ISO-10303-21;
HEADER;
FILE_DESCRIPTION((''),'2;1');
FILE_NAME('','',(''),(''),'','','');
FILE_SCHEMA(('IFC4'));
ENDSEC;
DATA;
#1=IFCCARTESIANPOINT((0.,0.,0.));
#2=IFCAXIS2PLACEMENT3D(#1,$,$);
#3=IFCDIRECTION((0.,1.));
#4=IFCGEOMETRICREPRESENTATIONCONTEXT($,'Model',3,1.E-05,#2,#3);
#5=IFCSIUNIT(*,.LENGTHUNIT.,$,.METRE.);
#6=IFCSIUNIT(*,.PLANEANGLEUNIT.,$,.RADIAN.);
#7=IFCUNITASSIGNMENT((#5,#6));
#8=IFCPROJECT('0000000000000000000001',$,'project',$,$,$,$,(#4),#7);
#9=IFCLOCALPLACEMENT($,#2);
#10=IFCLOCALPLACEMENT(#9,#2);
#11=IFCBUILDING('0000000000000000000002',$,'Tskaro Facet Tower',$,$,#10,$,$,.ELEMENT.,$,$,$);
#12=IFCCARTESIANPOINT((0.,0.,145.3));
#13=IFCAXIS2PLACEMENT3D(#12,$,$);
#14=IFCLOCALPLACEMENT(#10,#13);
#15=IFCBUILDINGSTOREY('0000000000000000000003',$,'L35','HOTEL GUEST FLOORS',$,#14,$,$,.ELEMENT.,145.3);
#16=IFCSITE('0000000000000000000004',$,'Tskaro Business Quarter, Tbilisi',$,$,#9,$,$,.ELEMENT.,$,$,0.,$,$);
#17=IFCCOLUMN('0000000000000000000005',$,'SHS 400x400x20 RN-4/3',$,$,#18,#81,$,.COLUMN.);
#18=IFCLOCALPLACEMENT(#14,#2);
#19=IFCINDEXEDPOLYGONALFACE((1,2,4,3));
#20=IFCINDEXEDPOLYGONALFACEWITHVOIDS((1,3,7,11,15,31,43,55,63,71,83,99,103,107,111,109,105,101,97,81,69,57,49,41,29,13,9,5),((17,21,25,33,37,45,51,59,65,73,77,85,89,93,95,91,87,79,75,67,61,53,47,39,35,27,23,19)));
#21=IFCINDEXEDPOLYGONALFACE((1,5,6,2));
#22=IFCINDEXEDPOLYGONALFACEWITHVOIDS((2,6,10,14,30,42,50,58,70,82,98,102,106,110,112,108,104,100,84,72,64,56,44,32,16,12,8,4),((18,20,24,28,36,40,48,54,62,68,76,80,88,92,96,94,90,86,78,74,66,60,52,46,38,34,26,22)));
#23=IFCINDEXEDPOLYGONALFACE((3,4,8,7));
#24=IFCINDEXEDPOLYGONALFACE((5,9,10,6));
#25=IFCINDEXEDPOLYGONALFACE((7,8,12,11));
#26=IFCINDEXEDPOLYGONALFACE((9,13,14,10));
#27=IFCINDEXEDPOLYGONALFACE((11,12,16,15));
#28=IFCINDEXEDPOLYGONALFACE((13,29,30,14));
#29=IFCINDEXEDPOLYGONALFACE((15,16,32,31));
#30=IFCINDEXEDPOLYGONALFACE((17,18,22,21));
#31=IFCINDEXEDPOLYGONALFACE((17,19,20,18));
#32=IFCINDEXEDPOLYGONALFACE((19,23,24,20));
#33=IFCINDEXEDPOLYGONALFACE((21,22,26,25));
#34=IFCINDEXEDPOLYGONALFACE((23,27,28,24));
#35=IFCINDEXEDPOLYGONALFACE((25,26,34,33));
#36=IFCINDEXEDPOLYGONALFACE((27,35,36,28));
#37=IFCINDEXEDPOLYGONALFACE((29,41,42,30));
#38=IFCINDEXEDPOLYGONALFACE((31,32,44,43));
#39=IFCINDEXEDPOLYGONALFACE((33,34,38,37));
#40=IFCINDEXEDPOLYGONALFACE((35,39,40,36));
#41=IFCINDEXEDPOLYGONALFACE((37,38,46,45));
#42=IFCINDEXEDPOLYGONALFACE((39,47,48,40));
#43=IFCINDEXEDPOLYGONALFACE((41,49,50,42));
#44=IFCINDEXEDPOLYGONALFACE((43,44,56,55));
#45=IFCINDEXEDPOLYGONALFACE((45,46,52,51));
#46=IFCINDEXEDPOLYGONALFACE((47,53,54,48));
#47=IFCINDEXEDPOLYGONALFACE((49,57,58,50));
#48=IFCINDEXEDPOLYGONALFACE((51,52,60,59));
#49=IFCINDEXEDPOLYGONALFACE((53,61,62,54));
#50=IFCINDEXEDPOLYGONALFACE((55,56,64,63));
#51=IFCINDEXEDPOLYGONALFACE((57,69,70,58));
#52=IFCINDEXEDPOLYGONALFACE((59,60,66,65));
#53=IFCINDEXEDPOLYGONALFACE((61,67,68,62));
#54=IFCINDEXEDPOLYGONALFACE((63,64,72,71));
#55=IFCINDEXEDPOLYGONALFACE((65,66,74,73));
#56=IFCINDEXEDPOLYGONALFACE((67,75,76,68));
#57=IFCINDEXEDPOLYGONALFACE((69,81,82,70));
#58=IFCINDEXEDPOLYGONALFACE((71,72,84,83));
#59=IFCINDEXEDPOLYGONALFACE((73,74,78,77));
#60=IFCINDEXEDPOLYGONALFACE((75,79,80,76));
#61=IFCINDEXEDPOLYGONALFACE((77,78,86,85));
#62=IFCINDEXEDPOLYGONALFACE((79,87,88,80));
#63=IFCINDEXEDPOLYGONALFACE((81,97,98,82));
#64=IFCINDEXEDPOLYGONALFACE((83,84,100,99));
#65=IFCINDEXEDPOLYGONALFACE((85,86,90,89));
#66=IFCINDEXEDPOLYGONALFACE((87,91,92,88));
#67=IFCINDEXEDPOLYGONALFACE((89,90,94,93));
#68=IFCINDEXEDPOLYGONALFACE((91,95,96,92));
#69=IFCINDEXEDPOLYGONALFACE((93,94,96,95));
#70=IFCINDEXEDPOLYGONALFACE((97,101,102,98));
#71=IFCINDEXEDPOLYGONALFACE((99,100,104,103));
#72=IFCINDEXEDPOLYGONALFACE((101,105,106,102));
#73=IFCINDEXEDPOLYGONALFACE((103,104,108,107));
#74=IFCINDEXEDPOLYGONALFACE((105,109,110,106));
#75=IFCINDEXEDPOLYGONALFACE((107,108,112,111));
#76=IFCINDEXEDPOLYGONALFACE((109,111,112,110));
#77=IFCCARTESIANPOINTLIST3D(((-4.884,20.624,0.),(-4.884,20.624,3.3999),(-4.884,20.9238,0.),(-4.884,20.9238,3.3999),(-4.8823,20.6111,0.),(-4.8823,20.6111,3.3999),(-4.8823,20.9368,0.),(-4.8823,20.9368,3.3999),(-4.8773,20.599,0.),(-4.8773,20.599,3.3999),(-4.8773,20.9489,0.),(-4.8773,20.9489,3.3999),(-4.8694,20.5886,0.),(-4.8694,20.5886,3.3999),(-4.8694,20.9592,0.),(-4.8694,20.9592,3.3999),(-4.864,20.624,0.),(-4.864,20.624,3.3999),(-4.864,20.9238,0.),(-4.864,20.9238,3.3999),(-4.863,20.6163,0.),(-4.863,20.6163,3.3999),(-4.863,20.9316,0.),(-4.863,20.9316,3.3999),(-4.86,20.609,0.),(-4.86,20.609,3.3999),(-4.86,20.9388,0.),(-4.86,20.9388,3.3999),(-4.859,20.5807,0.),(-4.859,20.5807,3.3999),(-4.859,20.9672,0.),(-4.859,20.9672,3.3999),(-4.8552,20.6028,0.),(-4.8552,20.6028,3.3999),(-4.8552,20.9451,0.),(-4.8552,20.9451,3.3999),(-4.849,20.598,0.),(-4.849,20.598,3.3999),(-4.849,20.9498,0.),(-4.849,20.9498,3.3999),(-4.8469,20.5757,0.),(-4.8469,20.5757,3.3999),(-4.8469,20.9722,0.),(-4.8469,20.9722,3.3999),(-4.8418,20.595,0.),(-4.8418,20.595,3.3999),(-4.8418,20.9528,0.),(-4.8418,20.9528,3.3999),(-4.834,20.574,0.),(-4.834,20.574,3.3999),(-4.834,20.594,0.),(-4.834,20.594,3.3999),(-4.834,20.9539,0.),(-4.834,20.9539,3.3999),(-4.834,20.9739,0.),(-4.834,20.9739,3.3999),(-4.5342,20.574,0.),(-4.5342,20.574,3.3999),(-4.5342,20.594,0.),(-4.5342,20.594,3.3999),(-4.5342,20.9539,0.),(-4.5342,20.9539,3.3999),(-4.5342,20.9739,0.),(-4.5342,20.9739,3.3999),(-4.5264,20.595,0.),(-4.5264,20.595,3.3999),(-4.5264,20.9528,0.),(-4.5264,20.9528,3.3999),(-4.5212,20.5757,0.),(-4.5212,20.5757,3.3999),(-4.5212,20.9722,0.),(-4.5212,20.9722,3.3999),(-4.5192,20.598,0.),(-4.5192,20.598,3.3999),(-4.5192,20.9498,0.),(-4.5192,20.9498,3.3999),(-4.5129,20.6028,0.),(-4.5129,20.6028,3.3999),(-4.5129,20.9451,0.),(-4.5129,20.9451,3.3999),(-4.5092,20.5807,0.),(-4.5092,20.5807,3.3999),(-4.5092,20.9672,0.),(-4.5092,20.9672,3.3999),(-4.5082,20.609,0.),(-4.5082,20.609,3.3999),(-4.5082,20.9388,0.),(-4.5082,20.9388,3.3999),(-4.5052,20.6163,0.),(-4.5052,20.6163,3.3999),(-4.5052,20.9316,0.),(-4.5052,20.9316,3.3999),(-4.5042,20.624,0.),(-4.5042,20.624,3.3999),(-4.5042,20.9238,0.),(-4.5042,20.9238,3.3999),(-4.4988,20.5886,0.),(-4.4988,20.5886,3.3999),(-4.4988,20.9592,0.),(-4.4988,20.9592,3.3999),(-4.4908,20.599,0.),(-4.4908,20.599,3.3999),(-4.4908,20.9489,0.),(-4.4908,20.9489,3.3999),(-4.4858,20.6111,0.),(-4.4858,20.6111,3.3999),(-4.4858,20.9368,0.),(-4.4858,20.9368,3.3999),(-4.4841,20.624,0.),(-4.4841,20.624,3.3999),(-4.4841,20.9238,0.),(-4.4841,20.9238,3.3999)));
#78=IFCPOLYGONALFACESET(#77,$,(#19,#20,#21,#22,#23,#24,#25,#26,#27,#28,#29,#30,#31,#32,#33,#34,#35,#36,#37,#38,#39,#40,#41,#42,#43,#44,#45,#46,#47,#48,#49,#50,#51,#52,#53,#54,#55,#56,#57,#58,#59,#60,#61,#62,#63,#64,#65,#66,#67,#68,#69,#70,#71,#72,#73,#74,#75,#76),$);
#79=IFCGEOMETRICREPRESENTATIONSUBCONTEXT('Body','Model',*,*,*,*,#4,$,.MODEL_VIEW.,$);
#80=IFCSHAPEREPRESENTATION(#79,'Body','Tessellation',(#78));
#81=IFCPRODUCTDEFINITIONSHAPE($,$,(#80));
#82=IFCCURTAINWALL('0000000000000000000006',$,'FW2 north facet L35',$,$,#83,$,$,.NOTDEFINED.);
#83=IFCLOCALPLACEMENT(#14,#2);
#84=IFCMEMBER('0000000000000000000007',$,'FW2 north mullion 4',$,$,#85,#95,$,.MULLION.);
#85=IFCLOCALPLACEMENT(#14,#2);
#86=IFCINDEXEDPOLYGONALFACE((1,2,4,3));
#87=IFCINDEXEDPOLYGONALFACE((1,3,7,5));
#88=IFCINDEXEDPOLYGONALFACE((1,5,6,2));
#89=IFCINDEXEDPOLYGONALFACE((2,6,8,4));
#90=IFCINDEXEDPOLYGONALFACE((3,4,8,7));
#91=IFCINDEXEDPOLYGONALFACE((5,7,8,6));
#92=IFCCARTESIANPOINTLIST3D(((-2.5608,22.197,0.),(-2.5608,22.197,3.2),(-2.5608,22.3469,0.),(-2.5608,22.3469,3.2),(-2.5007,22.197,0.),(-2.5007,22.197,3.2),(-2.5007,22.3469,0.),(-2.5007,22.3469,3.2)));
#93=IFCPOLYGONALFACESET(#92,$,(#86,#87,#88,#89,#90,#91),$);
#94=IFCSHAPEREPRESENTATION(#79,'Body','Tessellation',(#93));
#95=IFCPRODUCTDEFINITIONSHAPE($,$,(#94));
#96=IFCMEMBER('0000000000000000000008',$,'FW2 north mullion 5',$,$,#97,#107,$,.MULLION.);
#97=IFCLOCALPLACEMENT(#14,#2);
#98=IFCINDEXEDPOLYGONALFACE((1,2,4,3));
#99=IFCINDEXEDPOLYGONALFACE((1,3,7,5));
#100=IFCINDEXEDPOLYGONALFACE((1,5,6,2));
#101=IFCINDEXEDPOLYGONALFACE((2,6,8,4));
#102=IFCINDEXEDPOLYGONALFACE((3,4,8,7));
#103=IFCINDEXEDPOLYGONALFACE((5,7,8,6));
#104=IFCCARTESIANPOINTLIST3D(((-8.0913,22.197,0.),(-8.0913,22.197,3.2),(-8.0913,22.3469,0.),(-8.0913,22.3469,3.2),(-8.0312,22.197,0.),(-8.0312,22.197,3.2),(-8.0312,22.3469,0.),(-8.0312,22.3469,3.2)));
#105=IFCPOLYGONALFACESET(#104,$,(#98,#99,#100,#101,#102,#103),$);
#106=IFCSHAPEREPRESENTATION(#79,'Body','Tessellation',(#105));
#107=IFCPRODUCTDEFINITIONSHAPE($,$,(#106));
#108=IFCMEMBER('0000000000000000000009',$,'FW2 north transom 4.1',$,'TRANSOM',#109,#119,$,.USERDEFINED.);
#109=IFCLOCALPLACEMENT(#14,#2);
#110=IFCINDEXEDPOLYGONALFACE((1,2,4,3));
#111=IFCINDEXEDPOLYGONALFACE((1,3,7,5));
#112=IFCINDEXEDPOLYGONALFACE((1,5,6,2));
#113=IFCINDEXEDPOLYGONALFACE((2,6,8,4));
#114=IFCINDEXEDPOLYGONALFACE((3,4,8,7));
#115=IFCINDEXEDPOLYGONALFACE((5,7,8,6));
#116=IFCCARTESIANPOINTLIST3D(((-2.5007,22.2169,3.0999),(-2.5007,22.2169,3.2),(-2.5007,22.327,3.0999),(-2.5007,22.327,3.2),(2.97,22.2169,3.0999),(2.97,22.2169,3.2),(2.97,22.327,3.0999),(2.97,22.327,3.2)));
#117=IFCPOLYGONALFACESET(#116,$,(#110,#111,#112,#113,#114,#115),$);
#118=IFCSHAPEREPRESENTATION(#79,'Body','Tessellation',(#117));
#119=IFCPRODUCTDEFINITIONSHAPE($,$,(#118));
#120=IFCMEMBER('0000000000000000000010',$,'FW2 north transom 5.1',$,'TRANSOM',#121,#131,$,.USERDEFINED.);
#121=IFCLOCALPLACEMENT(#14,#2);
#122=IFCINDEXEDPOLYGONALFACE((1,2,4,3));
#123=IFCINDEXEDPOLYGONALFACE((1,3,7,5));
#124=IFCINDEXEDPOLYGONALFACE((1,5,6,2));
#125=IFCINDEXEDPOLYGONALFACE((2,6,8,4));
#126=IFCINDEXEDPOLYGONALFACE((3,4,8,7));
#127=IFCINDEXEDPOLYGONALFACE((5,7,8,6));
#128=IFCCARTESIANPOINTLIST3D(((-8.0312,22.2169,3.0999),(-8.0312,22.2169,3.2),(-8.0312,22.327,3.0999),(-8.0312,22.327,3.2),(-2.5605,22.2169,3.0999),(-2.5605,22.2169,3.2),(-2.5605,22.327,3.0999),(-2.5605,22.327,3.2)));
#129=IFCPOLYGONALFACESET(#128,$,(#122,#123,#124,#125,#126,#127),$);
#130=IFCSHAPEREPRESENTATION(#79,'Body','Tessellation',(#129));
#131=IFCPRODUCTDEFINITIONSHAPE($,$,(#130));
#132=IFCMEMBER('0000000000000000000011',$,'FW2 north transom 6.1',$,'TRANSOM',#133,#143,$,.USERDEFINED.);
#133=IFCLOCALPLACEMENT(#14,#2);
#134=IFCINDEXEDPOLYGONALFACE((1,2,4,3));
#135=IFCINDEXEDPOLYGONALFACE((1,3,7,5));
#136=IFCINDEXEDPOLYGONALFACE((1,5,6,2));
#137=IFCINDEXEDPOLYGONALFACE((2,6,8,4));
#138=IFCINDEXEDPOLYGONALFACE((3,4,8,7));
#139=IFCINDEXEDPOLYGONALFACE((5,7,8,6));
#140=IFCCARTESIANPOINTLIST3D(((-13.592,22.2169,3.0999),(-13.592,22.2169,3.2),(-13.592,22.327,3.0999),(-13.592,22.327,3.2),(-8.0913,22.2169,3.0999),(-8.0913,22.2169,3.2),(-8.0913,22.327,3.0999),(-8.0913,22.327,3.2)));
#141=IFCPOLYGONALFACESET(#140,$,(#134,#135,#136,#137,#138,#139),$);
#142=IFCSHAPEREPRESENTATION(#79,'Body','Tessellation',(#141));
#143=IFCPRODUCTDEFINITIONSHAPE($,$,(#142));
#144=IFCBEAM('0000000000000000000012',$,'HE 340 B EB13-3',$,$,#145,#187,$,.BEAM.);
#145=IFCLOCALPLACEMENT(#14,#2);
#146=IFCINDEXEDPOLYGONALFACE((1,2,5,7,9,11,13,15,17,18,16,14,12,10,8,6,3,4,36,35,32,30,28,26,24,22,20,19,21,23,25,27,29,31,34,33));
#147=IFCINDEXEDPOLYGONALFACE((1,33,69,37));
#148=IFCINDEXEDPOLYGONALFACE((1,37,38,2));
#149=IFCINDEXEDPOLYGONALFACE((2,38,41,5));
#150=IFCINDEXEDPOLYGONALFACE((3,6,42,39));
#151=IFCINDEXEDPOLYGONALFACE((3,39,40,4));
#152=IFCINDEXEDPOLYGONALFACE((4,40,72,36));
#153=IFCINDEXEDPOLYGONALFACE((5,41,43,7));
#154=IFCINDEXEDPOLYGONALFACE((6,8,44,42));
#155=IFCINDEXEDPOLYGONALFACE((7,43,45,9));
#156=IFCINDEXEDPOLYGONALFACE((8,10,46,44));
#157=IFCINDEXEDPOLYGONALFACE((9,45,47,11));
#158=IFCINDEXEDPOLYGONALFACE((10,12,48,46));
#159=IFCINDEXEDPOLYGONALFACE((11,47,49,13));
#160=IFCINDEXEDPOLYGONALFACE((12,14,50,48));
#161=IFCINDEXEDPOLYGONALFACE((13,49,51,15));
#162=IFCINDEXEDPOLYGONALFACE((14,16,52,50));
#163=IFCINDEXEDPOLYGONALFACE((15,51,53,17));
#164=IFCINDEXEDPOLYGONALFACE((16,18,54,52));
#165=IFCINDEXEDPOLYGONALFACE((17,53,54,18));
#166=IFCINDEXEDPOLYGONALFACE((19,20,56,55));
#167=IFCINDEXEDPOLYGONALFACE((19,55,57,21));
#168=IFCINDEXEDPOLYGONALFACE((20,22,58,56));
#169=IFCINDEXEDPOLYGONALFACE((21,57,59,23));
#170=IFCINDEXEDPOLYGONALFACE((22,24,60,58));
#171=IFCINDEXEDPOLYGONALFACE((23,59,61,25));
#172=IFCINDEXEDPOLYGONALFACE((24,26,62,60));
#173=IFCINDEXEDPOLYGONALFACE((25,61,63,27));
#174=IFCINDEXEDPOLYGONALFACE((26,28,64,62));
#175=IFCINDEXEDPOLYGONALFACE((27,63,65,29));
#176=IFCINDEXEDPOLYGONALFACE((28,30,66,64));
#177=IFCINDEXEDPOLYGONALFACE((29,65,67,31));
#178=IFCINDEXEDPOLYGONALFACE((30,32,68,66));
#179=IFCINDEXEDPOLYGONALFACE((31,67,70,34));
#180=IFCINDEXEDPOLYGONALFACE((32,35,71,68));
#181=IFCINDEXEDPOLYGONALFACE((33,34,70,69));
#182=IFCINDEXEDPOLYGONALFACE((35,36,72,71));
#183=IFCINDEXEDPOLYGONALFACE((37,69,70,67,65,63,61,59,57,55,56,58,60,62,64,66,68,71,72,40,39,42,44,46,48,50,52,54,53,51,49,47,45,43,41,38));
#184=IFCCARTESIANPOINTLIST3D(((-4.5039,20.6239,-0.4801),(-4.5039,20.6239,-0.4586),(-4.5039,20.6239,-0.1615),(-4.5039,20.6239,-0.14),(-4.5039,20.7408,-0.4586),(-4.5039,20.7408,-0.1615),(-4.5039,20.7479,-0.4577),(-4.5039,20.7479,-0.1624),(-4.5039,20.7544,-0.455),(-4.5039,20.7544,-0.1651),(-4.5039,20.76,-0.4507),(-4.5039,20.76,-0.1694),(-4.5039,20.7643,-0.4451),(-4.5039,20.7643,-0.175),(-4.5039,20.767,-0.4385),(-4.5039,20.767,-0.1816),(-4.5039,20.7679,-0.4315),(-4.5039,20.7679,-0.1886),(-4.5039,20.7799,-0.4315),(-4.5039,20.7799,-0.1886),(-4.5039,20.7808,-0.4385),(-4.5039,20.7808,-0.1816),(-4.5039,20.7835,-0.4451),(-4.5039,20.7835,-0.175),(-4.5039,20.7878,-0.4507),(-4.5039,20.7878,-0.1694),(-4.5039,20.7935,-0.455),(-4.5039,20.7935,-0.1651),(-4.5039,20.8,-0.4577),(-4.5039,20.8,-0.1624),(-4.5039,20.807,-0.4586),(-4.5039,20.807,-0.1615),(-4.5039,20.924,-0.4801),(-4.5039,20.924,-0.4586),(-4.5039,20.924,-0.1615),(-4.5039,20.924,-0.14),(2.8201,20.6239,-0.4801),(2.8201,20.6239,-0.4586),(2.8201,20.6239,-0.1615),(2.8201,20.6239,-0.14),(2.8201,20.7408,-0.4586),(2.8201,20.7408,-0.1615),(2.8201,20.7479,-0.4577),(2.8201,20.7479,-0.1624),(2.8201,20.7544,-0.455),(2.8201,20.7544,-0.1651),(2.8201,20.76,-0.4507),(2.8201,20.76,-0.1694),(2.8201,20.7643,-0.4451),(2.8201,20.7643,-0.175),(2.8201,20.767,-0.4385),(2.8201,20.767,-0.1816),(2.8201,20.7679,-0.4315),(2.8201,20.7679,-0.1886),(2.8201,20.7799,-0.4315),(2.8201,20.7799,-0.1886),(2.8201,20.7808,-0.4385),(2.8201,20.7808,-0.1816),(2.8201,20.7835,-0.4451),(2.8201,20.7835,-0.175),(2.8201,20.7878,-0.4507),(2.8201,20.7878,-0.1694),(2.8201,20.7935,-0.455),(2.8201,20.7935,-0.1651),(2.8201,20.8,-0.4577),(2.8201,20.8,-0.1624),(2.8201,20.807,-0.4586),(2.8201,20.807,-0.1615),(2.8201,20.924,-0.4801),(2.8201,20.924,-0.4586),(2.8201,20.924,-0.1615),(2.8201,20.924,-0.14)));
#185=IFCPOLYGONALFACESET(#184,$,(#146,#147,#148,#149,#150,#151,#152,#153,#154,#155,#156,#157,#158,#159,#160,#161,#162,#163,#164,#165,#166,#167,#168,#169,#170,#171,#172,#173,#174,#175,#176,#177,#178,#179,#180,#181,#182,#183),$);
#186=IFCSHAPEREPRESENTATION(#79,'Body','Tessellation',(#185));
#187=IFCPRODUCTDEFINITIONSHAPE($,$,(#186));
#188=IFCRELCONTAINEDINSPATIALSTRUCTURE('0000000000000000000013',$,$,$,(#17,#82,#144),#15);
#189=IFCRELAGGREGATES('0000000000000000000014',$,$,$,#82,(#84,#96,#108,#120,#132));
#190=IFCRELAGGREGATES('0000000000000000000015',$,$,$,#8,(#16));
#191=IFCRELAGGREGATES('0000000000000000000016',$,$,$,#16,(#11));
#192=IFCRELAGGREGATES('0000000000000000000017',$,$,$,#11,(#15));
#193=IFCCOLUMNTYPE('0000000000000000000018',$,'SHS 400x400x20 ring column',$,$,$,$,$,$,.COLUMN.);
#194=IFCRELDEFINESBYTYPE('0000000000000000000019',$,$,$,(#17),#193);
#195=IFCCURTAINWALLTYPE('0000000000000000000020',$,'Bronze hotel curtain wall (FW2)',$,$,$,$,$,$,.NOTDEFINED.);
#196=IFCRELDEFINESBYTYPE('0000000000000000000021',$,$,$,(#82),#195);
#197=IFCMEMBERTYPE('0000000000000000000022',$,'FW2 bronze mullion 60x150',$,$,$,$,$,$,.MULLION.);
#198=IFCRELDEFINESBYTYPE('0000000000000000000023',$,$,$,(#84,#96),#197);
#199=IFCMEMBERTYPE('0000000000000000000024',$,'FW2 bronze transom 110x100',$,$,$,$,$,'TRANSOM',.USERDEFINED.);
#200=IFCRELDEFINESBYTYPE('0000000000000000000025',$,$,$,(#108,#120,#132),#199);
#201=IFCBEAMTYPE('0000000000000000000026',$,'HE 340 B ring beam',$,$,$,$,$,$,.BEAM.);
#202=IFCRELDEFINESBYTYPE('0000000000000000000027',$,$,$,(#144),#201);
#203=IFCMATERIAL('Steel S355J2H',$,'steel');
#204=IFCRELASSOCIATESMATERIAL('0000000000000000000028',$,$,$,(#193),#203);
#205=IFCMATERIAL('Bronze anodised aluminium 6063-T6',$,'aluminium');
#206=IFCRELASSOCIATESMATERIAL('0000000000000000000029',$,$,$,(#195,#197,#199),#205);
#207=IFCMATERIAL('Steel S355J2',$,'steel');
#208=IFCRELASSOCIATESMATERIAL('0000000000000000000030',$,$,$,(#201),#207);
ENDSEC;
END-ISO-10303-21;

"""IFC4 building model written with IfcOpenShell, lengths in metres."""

from ifc_helpers import new_model, si_unit, direction, frame, origin, origin_2d, place, context, subcontext, project, spatial, rectangle, hollow_rectangle, i_section, extrude, material, material_profile, profile_set, type_object, element, aggregate, save


model = new_model("IFC4")

# Units and contexts
model_context = context("Model", 3, precision=1e-05, world=origin(), true_north=direction((0.0, 1.0)))
body_context = subcontext(model_context, "Body", "Model", "MODEL_VIEW")
ifc_project = project(units=[si_unit("LENGTHUNIT", "METRE"), si_unit("PLANEANGLEUNIT", "RADIAN")], contexts=[model_context])

# Site, building, storey
site_placement = place(None, origin())
site = spatial("IfcSite", under=ifc_project, at=site_placement, Name="Tskaro Business Quarter, Tbilisi", CompositionType="ELEMENT", RefElevation=0.0)
building_placement = place(site_placement, origin())
building = spatial("IfcBuilding", under=site, at=building_placement, Name="Tskaro Facet Tower", CompositionType="ELEMENT")
storey_placement = place(building_placement, frame((0.0, 0.0, 145.3)))
storey = spatial("IfcBuildingStorey", under=building, at=storey_placement, Name="L35", Description="HOTEL GUEST FLOORS", CompositionType="ELEMENT", Elevation=145.3)

# Column
ifc_material_1 = material(Name="Steel S355J2H", Category="steel")
ifc_material_profile_1 = material_profile(ifc_material_1, hollow_rectangle(XDim=0.3999, YDim=0.3999, WallThickness=0.02, InnerFilletRadius=0.03, OuterFilletRadius=0.05, at=origin_2d()), Name="SHS 400x400x20")
ifc_profile_set_1 = profile_set([ifc_material_profile_1], Name="Steel S355J2H")
column_type = type_object("IfcColumnType", Name="SHS 400x400x20 ring column", PredefinedType="COLUMN", material=ifc_profile_set_1)
column_placement = place(storey_placement, frame((-4.6841, 20.7739, 0.0), z_axis=(0.0, 0.0, 1.0), x_axis=(1.0, 0.0, 0.0)))
element("IfcColumn", 1, at=column_placement, inside=storey, type_object=column_type, Name="SHS 400x400x20 RN-4/3", PredefinedType="COLUMN", context=body_context, shape_type="SweptSolid", body=[
    extrude(hollow_rectangle(XDim=0.3999, YDim=0.3999, WallThickness=0.02, InnerFilletRadius=0.03, OuterFilletRadius=0.05, at=origin_2d()), origin(), (0.0, 0.0, 1.0), 3.3999),
])

# Curtain wall, members
ifc_material_2 = material(Name="Bronze anodised aluminium 6063-T6", Category="aluminium")
curtain_wall_type = type_object("IfcCurtainWallType", Name="Bronze hotel curtain wall (FW2)", PredefinedType="NOTDEFINED", material=ifc_material_2)
curtain_wall_placement = place(storey_placement, origin())
curtain_wall = element("IfcCurtainWall", 2, at=curtain_wall_placement, inside=storey, type_object=curtain_wall_type, Name="FW2 north facet L35", PredefinedType="NOTDEFINED")
ifc_material_profile_2 = material_profile(ifc_material_2, rectangle(XDim=0.0601, YDim=0.1499, at=origin_2d()), Name="Mullion 60x150")
ifc_profile_set_2 = profile_set([ifc_material_profile_2], Name="Bronze anodised aluminium 6063-T6")
member_type_1 = type_object("IfcMemberType", Name="FW2 bronze mullion 60x150", PredefinedType="MULLION", material=ifc_profile_set_2)
member_1_placement = place(storey_placement, frame((-2.5308, 22.272, 0.0), z_axis=(0.0, 0.0, 1.0), x_axis=(-1.0, 0.0, 0.0)))
member_1 = element("IfcMember", 3, at=member_1_placement, type_object=member_type_1, Name="FW2 north mullion 4", PredefinedType="MULLION", context=body_context, shape_type="SweptSolid", body=[
    extrude(rectangle(XDim=0.0601, YDim=0.1499, at=origin_2d()), origin(), (0.0, 0.0, 1.0), 3.2),
])
member_2_placement = place(storey_placement, frame((-8.0613, 22.272, 0.0), z_axis=(0.0, 0.0, 1.0), x_axis=(-1.0, 0.0, 0.0)))
member_2 = element("IfcMember", 4, at=member_2_placement, type_object=member_type_1, Name="FW2 north mullion 5", PredefinedType="MULLION", context=body_context, shape_type="SweptSolid", body=[
    extrude(rectangle(XDim=0.0601, YDim=0.1499, at=origin_2d()), origin(), (0.0, 0.0, 1.0), 3.2),
])
ifc_material_profile_3 = material_profile(ifc_material_2, rectangle(XDim=0.1101, YDim=0.1001, at=origin_2d()), Name="Transom 110x100")
ifc_profile_set_3 = profile_set([ifc_material_profile_3], Name="Bronze anodised aluminium 6063-T6")
member_type_2 = type_object("IfcMemberType", Name="FW2 bronze transom 110x100", ElementType="TRANSOM", PredefinedType="USERDEFINED", material=ifc_profile_set_3)
member_3_placement = place(storey_placement, frame((2.97, 22.272, 3.1499), z_axis=(-1.0, 0.0, 0.0), x_axis=(0.0, -1.0, 0.0)))
member_3 = element("IfcMember", 5, at=member_3_placement, type_object=member_type_2, Name="FW2 north transom 4.1", ObjectType="TRANSOM", PredefinedType="USERDEFINED", context=body_context, shape_type="SweptSolid", body=[
    extrude(rectangle(XDim=0.1101, YDim=0.1001, at=origin_2d()), origin(), (0.0, 0.0, 1.0), 5.4707),
])
member_4_placement = place(storey_placement, frame((-2.5605, 22.272, 3.1499), z_axis=(-1.0, 0.0, 0.0), x_axis=(0.0, -1.0, 0.0)))
member_4 = element("IfcMember", 6, at=member_4_placement, type_object=member_type_2, Name="FW2 north transom 5.1", ObjectType="TRANSOM", PredefinedType="USERDEFINED", context=body_context, shape_type="SweptSolid", body=[
    extrude(rectangle(XDim=0.1101, YDim=0.1001, at=origin_2d()), origin(), (0.0, 0.0, 1.0), 5.4707),
])
member_5_placement = place(storey_placement, frame((-8.0913, 22.272, 3.1499), z_axis=(-1.0, 0.0, 0.0), x_axis=(0.0, -1.0, 0.0)))
member_5 = element("IfcMember", 7, at=member_5_placement, type_object=member_type_2, Name="FW2 north transom 6.1", ObjectType="TRANSOM", PredefinedType="USERDEFINED", context=body_context, shape_type="SweptSolid", body=[
    extrude(rectangle(XDim=0.1101, YDim=0.1001, at=origin_2d()), origin(), (0.0, 0.0, 1.0), 5.5007),
])

# Beam
ifc_material_3 = material(Name="Steel S355J2", Category="steel")
ifc_material_profile_4 = material_profile(ifc_material_3, i_section(OverallWidth=0.3, OverallDepth=0.3401, WebThickness=0.012, FlangeThickness=0.0215, FilletRadius=0.0271, at=origin_2d()), Name="HE 340 B")
ifc_profile_set_4 = profile_set([ifc_material_profile_4], Name="Steel S355J2")
beam_type_1 = type_object("IfcBeamType", Name="HE 340 B ring beam", PredefinedType="BEAM", material=ifc_profile_set_4)
for number, where, z_axis, x_axis, name in (
    (8, (2.8201, 20.7739, -0.3101), (-1.0, 0.0, 0.0), (0.0, -1.0, 0.0), "HE 340 B EB13-3"),
):
    element("IfcBeam", number, at=place(storey_placement, frame(where, z_axis=z_axis, x_axis=x_axis)), inside=storey, type_object=beam_type_1, Name=name, PredefinedType="BEAM", context=body_context, shape_type="SweptSolid", body=[
        extrude(i_section(OverallWidth=0.3, OverallDepth=0.3401, WebThickness=0.012, FlangeThickness=0.0215, FilletRadius=0.0271, at=origin_2d()), origin(), (0.0, 0.0, 1.0), 7.324),
    ])

aggregate(curtain_wall, [member_1, member_2, member_3, member_4, member_5])

save(model, "model.ifc")
